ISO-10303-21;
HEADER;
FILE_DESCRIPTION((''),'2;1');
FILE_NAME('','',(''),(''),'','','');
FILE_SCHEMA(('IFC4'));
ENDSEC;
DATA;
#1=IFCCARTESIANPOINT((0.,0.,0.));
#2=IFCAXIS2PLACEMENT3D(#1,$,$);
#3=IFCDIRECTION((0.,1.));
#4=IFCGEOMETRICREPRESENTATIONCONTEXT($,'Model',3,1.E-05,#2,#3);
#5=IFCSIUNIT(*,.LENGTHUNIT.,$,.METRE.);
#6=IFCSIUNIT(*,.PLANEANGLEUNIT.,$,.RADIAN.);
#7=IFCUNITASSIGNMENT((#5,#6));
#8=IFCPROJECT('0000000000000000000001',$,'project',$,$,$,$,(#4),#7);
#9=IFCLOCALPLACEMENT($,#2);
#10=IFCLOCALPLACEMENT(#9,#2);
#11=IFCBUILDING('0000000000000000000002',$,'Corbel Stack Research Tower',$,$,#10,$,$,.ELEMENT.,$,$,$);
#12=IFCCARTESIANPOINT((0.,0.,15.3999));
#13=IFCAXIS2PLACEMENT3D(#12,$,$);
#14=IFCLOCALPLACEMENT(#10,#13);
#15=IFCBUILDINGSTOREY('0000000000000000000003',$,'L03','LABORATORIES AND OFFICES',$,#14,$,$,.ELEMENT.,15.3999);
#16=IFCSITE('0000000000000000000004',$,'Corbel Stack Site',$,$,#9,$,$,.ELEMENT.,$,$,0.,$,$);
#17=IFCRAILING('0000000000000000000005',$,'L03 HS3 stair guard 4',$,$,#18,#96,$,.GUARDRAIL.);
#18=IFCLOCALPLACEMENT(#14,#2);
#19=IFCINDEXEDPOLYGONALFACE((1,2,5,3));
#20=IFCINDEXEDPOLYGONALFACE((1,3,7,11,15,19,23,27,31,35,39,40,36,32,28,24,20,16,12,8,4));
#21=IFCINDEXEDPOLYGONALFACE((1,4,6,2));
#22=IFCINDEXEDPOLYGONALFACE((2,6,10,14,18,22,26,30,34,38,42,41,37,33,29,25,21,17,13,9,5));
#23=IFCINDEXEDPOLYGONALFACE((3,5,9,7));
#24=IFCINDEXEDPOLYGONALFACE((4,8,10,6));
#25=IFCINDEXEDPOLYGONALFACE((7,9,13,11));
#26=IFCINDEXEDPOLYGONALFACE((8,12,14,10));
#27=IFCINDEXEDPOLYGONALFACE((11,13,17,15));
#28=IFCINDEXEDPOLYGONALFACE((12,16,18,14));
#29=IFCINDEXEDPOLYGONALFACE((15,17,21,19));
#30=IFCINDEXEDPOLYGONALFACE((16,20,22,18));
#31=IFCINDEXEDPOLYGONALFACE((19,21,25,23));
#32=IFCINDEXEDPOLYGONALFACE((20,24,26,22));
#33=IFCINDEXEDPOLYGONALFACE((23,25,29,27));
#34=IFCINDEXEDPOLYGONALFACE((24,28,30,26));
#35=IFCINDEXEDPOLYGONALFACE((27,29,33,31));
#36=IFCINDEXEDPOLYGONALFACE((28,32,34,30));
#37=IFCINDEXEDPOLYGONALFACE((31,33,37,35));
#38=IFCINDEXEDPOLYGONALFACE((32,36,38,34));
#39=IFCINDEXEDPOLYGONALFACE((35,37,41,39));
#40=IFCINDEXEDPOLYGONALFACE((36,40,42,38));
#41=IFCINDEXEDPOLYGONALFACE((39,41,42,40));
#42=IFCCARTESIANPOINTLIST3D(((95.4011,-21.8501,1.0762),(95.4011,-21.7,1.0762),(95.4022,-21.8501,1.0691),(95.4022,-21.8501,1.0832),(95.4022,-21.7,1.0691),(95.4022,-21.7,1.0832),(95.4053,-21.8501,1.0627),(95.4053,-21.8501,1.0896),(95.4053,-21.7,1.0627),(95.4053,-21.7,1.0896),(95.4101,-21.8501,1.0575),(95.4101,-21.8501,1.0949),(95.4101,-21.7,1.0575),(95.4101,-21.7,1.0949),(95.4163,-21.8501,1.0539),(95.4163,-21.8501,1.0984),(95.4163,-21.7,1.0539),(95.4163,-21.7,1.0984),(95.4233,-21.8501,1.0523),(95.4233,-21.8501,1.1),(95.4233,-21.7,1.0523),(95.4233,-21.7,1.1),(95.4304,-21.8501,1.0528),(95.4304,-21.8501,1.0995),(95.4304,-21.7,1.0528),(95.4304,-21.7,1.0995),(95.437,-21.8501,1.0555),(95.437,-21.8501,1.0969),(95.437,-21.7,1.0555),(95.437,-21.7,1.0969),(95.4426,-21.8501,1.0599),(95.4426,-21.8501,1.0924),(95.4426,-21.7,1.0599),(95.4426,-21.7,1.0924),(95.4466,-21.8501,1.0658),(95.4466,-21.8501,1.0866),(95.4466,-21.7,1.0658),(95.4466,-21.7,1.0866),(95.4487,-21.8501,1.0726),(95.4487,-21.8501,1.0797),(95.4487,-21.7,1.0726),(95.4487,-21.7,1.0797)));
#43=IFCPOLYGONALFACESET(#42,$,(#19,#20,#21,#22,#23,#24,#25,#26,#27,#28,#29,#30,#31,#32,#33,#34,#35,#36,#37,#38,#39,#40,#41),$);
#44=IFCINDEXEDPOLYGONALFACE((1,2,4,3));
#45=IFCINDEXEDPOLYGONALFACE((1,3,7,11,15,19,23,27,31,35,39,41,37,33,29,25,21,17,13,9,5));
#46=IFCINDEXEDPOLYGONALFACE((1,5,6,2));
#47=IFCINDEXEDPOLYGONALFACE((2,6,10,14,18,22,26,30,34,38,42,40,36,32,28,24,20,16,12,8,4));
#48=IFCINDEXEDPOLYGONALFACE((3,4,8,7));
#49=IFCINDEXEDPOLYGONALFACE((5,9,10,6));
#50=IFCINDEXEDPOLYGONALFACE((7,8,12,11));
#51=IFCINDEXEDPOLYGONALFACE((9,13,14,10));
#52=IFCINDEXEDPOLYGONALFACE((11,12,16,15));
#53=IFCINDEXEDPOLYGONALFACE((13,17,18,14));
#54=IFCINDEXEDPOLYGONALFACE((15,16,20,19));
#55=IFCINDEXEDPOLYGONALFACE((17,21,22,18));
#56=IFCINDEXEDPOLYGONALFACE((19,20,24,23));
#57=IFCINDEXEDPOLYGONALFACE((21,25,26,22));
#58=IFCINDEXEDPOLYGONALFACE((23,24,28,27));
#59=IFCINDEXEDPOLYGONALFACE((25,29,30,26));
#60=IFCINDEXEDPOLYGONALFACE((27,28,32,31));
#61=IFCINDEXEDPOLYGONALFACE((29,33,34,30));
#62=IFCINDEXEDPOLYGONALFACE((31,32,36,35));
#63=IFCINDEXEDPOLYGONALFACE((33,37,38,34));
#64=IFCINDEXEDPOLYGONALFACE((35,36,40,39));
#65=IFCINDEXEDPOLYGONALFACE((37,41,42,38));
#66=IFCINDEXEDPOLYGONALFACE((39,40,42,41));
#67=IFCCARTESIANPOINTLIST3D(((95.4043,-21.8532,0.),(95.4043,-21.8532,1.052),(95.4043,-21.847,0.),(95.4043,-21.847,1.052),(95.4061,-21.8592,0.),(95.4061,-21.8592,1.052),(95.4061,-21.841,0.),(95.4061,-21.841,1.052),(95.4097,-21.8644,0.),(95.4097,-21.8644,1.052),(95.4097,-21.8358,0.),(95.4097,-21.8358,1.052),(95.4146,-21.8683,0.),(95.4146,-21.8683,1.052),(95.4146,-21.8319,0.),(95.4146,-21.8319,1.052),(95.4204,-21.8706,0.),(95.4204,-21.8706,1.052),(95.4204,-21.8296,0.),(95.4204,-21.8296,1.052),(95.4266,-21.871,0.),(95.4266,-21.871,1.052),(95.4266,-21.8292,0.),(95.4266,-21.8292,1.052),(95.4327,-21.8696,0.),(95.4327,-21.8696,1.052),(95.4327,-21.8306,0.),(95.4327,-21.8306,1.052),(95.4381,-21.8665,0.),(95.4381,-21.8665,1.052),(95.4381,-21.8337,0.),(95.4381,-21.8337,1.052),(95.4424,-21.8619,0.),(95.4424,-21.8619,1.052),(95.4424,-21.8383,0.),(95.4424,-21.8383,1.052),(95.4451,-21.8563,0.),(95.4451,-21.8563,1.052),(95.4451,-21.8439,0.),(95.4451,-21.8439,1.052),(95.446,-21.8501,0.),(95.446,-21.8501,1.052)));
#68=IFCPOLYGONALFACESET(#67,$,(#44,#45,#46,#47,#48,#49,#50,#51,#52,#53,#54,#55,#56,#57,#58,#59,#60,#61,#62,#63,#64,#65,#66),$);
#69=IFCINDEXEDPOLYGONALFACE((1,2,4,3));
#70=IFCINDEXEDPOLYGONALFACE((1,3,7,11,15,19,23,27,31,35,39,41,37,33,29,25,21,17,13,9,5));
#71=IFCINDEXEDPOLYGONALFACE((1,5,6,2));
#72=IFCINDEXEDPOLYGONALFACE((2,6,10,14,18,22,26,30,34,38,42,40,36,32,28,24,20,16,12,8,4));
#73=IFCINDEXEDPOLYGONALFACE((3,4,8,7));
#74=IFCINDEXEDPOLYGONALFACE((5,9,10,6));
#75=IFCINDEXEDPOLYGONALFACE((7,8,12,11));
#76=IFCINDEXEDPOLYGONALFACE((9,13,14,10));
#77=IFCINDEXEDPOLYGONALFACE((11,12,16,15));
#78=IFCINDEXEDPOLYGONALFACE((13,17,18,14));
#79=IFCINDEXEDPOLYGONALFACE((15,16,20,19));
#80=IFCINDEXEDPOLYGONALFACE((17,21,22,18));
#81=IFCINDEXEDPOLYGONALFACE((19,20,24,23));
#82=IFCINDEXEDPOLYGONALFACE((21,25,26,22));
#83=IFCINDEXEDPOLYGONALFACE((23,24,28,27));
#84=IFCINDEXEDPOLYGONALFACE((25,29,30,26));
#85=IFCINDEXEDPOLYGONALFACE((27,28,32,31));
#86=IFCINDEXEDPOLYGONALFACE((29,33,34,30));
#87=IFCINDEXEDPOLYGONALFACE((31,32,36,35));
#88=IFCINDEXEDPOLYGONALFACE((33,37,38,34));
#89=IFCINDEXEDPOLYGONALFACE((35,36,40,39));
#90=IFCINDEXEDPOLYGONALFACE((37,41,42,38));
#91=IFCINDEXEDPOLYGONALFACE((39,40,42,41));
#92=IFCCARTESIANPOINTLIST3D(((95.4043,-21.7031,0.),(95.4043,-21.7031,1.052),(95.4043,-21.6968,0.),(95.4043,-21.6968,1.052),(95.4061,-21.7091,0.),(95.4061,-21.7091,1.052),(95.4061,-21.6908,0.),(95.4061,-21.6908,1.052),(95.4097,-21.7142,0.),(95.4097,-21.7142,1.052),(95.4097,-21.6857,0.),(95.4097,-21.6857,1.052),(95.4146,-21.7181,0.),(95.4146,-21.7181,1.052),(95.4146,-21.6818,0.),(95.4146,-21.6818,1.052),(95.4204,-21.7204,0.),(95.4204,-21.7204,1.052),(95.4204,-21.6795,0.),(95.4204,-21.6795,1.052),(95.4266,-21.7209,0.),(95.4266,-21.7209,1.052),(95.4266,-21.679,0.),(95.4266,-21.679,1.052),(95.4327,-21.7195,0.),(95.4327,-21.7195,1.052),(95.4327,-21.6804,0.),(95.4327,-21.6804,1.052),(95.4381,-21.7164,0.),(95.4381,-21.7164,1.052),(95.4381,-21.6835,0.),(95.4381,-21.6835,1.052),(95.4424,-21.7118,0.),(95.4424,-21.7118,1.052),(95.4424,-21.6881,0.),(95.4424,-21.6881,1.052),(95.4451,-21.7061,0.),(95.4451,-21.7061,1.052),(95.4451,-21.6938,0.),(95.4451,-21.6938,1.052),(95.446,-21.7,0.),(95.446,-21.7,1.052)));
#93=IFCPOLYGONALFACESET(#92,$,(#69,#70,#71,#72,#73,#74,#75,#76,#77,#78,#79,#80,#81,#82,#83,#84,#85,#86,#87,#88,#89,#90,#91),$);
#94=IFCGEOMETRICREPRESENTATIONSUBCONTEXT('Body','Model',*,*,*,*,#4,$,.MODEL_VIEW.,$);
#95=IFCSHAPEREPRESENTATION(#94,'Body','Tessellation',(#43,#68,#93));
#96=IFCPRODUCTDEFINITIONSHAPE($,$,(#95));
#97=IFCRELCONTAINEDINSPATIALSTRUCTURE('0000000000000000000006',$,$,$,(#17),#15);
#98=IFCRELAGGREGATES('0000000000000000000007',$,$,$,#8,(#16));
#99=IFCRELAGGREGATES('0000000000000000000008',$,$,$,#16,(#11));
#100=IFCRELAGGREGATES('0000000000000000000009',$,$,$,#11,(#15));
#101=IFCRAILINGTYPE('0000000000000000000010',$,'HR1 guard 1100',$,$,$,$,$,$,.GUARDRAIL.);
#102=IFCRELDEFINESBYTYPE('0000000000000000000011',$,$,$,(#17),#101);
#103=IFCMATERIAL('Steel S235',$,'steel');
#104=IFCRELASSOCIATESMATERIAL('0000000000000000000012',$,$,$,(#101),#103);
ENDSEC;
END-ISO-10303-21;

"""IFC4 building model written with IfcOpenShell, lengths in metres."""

from ifc_helpers import new_model, si_unit, direction, frame, origin, origin_2d, place, context, subcontext, project, spatial, circle, extrude, material, type_object, element, save


model = new_model("IFC4")

# Units and contexts
model_context = context("Model", 3, precision=1e-05, world=origin(), true_north=direction((0.0, 1.0)))
body_context = subcontext(model_context, "Body", "Model", "MODEL_VIEW")
ifc_project = project(units=[si_unit("LENGTHUNIT", "METRE"), si_unit("PLANEANGLEUNIT", "RADIAN")], contexts=[model_context])

# Site, building, storey
site_placement = place(None, origin())
site = spatial("IfcSite", under=ifc_project, at=site_placement, Name="Corbel Stack Site", CompositionType="ELEMENT", RefElevation=0.0)
building_placement = place(site_placement, origin())
building = spatial("IfcBuilding", under=site, at=building_placement, Name="Corbel Stack Research Tower", CompositionType="ELEMENT")
storey_placement = place(building_placement, frame((0.0, 0.0, 15.3999)))
storey = spatial("IfcBuildingStorey", under=building, at=storey_placement, Name="L03", Description="LABORATORIES AND OFFICES", CompositionType="ELEMENT", Elevation=15.3999)

# Railing
ifc_material_1 = material(Name="Steel S235", Category="steel")
railing_type_1 = type_object("IfcRailingType", Name="HR1 guard 1100", PredefinedType="GUARDRAIL", material=ifc_material_1)
railing_1_placement = place(storey_placement, frame((95.425, -21.8501, 0.0)))
element("IfcRailing", 1, at=railing_1_placement, inside=storey, type_object=railing_type_1, Name="L03 HS3 stair guard 4", PredefinedType="GUARDRAIL", context=body_context, shape_type="SweptSolid", body=[
    extrude(circle(Radius=0.0239, at=origin_2d()), frame((0.0, 0.0, 1.0762), z_axis=(0.0, 1.0, 0.0), x_axis=(-1.0, 0.0, 0.0)), (0.0, 0.0, 1.0), 0.1501),
    extrude(circle(Radius=0.021, at=origin_2d()), origin(), (0.0, 0.0, 1.0), 1.052),
    extrude(circle(Radius=0.021, at=origin_2d()), frame((0.0, 0.1501, 0.0)), (0.0, 0.0, 1.0), 1.052),
])

save(model, "model.ifc")
